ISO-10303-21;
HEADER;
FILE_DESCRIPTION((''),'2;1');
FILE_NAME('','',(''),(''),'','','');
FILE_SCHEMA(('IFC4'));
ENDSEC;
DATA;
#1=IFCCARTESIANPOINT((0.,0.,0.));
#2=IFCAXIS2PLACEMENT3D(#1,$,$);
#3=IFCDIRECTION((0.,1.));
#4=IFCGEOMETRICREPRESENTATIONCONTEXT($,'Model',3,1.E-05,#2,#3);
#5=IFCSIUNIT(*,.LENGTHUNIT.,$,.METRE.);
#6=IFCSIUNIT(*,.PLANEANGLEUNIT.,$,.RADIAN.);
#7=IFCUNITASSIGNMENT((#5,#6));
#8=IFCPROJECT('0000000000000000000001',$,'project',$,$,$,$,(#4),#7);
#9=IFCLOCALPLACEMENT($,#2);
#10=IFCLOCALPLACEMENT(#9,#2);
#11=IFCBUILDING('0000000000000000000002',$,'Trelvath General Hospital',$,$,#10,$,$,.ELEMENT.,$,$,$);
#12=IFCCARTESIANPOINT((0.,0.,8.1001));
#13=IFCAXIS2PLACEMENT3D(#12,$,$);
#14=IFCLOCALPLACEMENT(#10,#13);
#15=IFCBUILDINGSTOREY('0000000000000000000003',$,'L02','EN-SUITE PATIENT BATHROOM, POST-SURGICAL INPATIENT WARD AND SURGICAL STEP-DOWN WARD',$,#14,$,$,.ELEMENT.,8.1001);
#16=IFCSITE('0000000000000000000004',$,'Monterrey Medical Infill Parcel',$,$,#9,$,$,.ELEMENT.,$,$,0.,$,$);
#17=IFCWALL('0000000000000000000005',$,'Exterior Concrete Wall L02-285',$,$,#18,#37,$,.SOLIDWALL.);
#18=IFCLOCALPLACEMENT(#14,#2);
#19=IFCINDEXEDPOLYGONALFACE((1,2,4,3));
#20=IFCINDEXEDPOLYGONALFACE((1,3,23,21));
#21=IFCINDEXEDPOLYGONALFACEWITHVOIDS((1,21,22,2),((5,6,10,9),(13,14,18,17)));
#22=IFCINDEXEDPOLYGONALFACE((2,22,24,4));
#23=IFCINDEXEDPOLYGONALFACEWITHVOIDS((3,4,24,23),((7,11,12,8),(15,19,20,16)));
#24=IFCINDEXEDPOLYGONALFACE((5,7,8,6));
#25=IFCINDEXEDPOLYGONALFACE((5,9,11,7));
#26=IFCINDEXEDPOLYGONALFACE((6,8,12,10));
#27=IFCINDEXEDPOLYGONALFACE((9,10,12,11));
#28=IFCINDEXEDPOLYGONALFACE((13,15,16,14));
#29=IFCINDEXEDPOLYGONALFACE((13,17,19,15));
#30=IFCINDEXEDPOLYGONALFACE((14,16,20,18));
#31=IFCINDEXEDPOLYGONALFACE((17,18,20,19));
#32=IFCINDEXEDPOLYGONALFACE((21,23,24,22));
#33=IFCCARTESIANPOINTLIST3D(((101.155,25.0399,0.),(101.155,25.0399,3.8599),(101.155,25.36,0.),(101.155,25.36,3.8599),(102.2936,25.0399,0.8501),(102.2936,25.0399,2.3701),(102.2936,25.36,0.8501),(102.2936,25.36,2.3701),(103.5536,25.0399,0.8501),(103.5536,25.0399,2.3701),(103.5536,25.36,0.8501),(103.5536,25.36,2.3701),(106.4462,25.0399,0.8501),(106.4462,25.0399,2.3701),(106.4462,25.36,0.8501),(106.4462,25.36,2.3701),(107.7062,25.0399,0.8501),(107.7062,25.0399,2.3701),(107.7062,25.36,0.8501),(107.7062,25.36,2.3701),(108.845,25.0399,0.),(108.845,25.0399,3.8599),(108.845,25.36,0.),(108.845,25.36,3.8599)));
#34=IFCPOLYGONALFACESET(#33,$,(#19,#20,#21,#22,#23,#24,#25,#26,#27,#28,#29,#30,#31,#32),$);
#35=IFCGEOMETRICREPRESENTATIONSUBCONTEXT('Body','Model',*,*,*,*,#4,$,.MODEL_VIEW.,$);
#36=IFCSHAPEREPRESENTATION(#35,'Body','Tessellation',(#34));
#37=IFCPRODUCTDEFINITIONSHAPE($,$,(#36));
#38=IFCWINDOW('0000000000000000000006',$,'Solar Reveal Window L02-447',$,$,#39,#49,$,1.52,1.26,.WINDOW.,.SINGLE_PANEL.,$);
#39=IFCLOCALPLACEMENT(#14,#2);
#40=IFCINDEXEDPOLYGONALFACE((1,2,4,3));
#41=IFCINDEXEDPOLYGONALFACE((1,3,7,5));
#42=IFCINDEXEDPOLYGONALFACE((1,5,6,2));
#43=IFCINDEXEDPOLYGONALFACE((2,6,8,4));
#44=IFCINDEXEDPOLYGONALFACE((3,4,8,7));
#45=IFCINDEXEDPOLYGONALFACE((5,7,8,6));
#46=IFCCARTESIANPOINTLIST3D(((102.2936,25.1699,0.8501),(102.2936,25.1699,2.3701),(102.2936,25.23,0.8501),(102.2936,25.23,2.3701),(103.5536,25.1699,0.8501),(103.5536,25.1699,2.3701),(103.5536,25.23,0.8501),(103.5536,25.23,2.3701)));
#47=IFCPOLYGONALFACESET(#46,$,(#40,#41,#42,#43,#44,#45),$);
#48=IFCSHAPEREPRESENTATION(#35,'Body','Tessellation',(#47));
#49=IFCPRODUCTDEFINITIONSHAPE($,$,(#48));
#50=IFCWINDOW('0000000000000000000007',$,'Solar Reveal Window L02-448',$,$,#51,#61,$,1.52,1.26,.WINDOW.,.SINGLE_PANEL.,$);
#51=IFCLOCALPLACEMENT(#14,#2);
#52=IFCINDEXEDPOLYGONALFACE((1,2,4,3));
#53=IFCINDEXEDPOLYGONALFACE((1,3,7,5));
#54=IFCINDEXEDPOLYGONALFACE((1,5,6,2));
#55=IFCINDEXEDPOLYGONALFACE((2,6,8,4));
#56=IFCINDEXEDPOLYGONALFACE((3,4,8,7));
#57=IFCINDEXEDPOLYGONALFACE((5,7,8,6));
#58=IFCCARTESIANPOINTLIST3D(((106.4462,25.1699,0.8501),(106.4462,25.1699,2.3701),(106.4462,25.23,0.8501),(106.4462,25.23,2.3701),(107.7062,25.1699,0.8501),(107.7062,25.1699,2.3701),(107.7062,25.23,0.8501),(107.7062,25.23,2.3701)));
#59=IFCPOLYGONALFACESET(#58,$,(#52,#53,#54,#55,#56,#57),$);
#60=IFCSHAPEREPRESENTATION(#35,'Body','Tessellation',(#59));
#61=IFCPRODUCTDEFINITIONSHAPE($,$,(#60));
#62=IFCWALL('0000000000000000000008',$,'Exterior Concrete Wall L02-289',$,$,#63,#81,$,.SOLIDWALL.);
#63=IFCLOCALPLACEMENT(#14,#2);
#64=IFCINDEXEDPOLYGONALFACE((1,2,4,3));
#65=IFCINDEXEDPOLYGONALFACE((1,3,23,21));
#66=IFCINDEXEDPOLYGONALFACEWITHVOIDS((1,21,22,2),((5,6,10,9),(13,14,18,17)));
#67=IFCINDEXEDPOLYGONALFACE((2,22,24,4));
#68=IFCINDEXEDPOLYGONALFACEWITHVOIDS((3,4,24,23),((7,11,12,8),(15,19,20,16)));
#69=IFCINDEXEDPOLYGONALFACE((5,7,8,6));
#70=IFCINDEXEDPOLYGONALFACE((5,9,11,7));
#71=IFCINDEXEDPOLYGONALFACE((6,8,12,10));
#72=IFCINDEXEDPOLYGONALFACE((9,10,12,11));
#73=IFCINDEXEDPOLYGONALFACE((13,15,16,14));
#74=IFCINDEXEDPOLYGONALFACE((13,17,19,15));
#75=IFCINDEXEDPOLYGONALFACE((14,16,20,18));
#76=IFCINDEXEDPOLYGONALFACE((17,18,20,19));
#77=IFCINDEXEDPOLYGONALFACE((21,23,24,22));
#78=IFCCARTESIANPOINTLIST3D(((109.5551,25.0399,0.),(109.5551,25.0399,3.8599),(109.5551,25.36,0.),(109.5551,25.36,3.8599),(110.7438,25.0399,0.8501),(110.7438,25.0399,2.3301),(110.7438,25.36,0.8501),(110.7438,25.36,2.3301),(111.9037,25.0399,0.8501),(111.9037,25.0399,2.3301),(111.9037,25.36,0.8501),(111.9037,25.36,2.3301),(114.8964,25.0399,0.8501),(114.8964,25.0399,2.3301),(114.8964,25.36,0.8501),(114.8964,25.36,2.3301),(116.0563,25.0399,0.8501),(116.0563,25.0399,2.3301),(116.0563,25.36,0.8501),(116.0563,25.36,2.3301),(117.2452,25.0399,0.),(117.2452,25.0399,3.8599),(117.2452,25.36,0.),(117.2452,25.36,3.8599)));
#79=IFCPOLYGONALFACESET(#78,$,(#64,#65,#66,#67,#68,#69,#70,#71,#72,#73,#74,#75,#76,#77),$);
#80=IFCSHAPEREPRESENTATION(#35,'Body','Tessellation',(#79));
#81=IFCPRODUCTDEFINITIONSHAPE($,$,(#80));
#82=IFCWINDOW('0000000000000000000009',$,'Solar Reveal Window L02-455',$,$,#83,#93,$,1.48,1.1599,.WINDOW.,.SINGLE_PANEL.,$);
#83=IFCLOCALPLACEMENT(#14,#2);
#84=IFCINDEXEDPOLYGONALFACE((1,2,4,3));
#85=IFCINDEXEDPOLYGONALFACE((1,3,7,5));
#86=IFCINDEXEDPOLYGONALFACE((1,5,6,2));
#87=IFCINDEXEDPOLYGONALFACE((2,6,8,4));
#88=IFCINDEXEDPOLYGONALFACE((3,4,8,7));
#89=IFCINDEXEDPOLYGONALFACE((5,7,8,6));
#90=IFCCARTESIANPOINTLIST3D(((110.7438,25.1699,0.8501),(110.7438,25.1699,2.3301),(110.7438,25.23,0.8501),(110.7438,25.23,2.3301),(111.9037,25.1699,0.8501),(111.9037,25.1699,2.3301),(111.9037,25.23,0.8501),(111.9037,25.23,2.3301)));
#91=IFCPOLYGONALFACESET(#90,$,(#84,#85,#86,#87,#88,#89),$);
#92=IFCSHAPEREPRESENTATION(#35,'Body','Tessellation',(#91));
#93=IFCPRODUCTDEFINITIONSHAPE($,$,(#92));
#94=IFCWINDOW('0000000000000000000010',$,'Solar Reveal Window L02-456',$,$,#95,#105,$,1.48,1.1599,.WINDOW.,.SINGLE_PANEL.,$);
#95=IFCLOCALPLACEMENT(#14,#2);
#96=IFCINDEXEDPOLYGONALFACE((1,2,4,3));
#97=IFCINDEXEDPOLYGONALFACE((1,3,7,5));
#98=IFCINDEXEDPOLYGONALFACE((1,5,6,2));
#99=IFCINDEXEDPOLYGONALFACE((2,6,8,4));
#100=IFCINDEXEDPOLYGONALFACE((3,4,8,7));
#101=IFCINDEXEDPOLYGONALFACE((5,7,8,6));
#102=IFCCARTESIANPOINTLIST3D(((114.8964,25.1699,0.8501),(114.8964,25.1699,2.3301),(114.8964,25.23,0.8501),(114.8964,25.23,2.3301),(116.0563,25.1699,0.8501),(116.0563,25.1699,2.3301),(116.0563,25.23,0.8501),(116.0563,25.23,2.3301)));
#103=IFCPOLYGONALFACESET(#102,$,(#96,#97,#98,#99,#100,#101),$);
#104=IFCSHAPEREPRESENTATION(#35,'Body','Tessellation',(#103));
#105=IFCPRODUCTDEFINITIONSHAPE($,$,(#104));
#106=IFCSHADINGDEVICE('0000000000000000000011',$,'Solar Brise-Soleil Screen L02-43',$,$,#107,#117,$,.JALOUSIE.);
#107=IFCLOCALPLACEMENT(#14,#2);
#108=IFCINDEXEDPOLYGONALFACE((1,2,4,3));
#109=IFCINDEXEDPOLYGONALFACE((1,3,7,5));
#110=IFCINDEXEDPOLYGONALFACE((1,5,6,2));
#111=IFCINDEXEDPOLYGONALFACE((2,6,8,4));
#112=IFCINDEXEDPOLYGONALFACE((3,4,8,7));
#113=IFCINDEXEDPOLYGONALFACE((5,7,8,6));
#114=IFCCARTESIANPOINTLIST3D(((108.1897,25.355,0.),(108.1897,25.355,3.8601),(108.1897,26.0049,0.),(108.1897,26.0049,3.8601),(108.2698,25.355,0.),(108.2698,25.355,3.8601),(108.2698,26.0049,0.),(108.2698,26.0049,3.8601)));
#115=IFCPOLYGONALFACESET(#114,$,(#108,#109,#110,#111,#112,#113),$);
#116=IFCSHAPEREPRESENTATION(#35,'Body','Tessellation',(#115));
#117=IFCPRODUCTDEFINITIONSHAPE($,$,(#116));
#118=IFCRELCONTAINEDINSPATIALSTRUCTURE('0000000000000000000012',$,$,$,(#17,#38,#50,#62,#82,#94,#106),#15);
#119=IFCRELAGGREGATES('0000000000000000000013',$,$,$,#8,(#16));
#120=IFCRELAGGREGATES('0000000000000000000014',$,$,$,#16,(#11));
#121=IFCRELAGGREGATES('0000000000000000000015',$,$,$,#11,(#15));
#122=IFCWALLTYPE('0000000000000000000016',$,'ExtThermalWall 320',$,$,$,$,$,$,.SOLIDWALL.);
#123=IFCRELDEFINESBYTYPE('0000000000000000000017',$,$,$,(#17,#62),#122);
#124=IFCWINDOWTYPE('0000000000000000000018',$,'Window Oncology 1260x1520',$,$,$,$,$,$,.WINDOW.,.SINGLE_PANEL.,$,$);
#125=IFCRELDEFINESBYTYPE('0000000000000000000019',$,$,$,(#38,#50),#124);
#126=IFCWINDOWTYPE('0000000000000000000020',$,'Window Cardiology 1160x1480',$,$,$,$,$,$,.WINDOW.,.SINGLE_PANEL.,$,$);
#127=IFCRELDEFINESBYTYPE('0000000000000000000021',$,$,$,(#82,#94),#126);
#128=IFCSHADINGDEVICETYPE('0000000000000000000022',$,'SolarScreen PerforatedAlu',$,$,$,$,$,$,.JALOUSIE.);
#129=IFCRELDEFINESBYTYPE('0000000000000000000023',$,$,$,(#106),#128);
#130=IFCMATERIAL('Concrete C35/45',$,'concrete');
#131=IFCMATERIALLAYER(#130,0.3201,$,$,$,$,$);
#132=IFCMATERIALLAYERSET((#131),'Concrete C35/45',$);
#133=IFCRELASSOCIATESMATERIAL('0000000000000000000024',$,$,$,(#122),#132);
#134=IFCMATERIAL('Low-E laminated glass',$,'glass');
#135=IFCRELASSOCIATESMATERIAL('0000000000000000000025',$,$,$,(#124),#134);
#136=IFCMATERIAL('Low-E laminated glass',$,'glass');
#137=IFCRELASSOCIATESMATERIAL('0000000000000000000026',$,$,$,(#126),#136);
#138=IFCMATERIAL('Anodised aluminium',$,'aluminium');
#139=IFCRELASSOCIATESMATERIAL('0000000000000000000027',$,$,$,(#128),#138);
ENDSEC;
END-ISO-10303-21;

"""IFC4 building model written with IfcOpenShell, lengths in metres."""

from ifc_helpers import new_model, si_unit, direction, frame, frame_2d, origin, origin_2d, place, context, subcontext, project, spatial, rectangle, extrude, material, layer, layer_set, type_object, element, fill, save


model = new_model("IFC4")

# Units and contexts
model_context = context("Model", 3, precision=1e-05, world=origin(), true_north=direction((0.0, 1.0)))
body_context = subcontext(model_context, "Body", "Model", "MODEL_VIEW")
ifc_project = project(units=[si_unit("LENGTHUNIT", "METRE"), si_unit("PLANEANGLEUNIT", "RADIAN")], contexts=[model_context])

# Site, building, storey
site_placement = place(None, origin())
site = spatial("IfcSite", under=ifc_project, at=site_placement, Name="Monterrey Medical Infill Parcel", CompositionType="ELEMENT", RefElevation=0.0)
building_placement = place(site_placement, origin())
building = spatial("IfcBuilding", under=site, at=building_placement, Name="Trelvath General Hospital", CompositionType="ELEMENT")
storey_placement = place(building_placement, frame((0.0, 0.0, 8.1001)))
storey = spatial("IfcBuildingStorey", under=building, at=storey_placement, Name="L02", Description="EN-SUITE PATIENT BATHROOM, POST-SURGICAL INPATIENT WARD AND SURGICAL STEP-DOWN WARD", CompositionType="ELEMENT", Elevation=8.1001)

# Walls, openings, windows
ifc_material_1 = material(Name="Concrete C35/45", Category="concrete")
ifc_layer_1 = layer(ifc_material_1, 0.3201)
ifc_layer_set_1 = layer_set([ifc_layer_1], Name="Concrete C35/45")
wall_type_1 = type_object("IfcWallType", Name="ExtThermalWall 320", PredefinedType="SOLIDWALL", material=ifc_layer_set_1)
wall_1_placement = place(storey_placement, frame((101.155, 25.2, 0.0), z_axis=(0.0, 0.0, 1.0), x_axis=(1.0, 0.0, 0.0)))
wall_1 = element("IfcWall", 1, at=wall_1_placement, inside=storey, type_object=wall_type_1, Name="Exterior Concrete Wall L02-285", PredefinedType="SOLIDWALL", context=body_context, shape_type="SweptSolid", body=[
    extrude(rectangle(XDim=7.6899, YDim=0.3201, at=frame_2d((3.845, 0.0))), origin(), (0.0, 0.0, 1.0), 3.8599),
])
opening_1_placement = place(wall_1_placement, frame((1.1387, 0.0, 0.8501)))
opening_1 = element("IfcOpeningElement", 2, at=opening_1_placement, cuts=wall_1, PredefinedType="OPENING", context=body_context, shape_type="SweptSolid", body=[
    extrude(rectangle(XDim=1.26, YDim=1.52, at=frame_2d((0.6299, 0.76))), frame((0.0, 0.1699, 0.0), z_axis=(0.0, -1.0, 0.0), x_axis=(1.0, 0.0, 0.0)), (0.0, 0.0, 1.0), 0.3401),
])
opening_2_placement = place(wall_1_placement, frame((5.2913, 0.0, 0.8501)))
opening_2 = element("IfcOpeningElement", 3, at=opening_2_placement, cuts=wall_1, PredefinedType="OPENING", context=body_context, shape_type="SweptSolid", body=[
    extrude(rectangle(XDim=1.26, YDim=1.52, at=frame_2d((0.6299, 0.76))), frame((0.0, 0.1699, 0.0), z_axis=(0.0, -1.0, 0.0), x_axis=(1.0, 0.0, 0.0)), (0.0, 0.0, 1.0), 0.3401),
])
ifc_material_2 = material(Name="Low-E laminated glass", Category="glass")
window_type_1 = type_object("IfcWindowType", Name="Window Oncology 1260x1520", PartitioningType="SINGLE_PANEL", PredefinedType="WINDOW", material=ifc_material_2)
window_1_placement = place(opening_1_placement, origin())
window_1 = element("IfcWindow", 4, at=window_1_placement, inside=storey, type_object=window_type_1, Name="Solar Reveal Window L02-447", OverallHeight=1.52, OverallWidth=1.26, PartitioningType="SINGLE_PANEL", PredefinedType="WINDOW", context=body_context, shape_type="SweptSolid", body=[
    extrude(rectangle(XDim=1.26, YDim=1.52, at=frame_2d((0.6299, 0.76))), frame((0.0, 0.03, 0.0), z_axis=(0.0, -1.0, 0.0), x_axis=(1.0, 0.0, 0.0)), (0.0, 0.0, 1.0), 0.0601),
])
fill(opening_1, window_1)
window_2_placement = place(opening_2_placement, origin())
window_2 = element("IfcWindow", 5, at=window_2_placement, inside=storey, type_object=window_type_1, Name="Solar Reveal Window L02-448", OverallHeight=1.52, OverallWidth=1.26, PartitioningType="SINGLE_PANEL", PredefinedType="WINDOW", context=body_context, shape_type="SweptSolid", body=[
    extrude(rectangle(XDim=1.26, YDim=1.52, at=frame_2d((0.6299, 0.76))), frame((0.0, 0.03, 0.0), z_axis=(0.0, -1.0, 0.0), x_axis=(1.0, 0.0, 0.0)), (0.0, 0.0, 1.0), 0.0601),
])
fill(opening_2, window_2)
wall_2_placement = place(storey_placement, frame((109.5549, 25.2, 0.0), z_axis=(0.0, 0.0, 1.0), x_axis=(1.0, 0.0, 0.0)))
wall_2 = element("IfcWall", 6, at=wall_2_placement, inside=storey, type_object=wall_type_1, Name="Exterior Concrete Wall L02-289", PredefinedType="SOLIDWALL", context=body_context, shape_type="SweptSolid", body=[
    extrude(rectangle(XDim=7.6902, YDim=0.3201, at=frame_2d((3.8452, 0.0))), origin(), (0.0, 0.0, 1.0), 3.8599),
])
opening_3_placement = place(wall_2_placement, frame((1.1887, 0.0, 0.8501)))
opening_3 = element("IfcOpeningElement", 7, at=opening_3_placement, cuts=wall_2, PredefinedType="OPENING", context=body_context, shape_type="SweptSolid", body=[
    extrude(rectangle(XDim=1.1599, YDim=1.48, at=frame_2d((0.5801, 0.74))), frame((0.0, 0.1699, 0.0), z_axis=(0.0, -1.0, 0.0), x_axis=(1.0, 0.0, 0.0)), (0.0, 0.0, 1.0), 0.3401),
])
opening_4_placement = place(wall_2_placement, frame((5.3413, 0.0, 0.8501)))
opening_4 = element("IfcOpeningElement", 8, at=opening_4_placement, cuts=wall_2, PredefinedType="OPENING", context=body_context, shape_type="SweptSolid", body=[
    extrude(rectangle(XDim=1.1599, YDim=1.48, at=frame_2d((0.5801, 0.74))), frame((0.0, 0.1699, 0.0), z_axis=(0.0, -1.0, 0.0), x_axis=(1.0, 0.0, 0.0)), (0.0, 0.0, 1.0), 0.3401),
])
ifc_material_3 = material(Name="Low-E laminated glass", Category="glass")
window_type_2 = type_object("IfcWindowType", Name="Window Cardiology 1160x1480", PartitioningType="SINGLE_PANEL", PredefinedType="WINDOW", material=ifc_material_3)
window_3_placement = place(opening_3_placement, origin())
window_3 = element("IfcWindow", 9, at=window_3_placement, inside=storey, type_object=window_type_2, Name="Solar Reveal Window L02-455", OverallHeight=1.48, OverallWidth=1.1599, PartitioningType="SINGLE_PANEL", PredefinedType="WINDOW", context=body_context, shape_type="SweptSolid", body=[
    extrude(rectangle(XDim=1.1599, YDim=1.48, at=frame_2d((0.5801, 0.74))), frame((0.0, 0.03, 0.0), z_axis=(0.0, -1.0, 0.0), x_axis=(1.0, 0.0, 0.0)), (0.0, 0.0, 1.0), 0.0601),
])
fill(opening_3, window_3)
window_4_placement = place(opening_4_placement, origin())
window_4 = element("IfcWindow", 10, at=window_4_placement, inside=storey, type_object=window_type_2, Name="Solar Reveal Window L02-456", OverallHeight=1.48, OverallWidth=1.1599, PartitioningType="SINGLE_PANEL", PredefinedType="WINDOW", context=body_context, shape_type="SweptSolid", body=[
    extrude(rectangle(XDim=1.1599, YDim=1.48, at=frame_2d((0.5801, 0.74))), frame((0.0, 0.03, 0.0), z_axis=(0.0, -1.0, 0.0), x_axis=(1.0, 0.0, 0.0)), (0.0, 0.0, 1.0), 0.0601),
])
fill(opening_4, window_4)

# Shading device
ifc_material_4 = material(Name="Anodised aluminium", Category="aluminium")
shading_device_type = type_object("IfcShadingDeviceType", Name="SolarScreen PerforatedAlu", PredefinedType="JALOUSIE", material=ifc_material_4)
shading_device_placement = place(storey_placement, frame((108.2297, 25.6799, 0.0), z_axis=(0.0, 0.0, 1.0), x_axis=(0.0, 1.0, 0.0)))
element("IfcShadingDevice", 11, at=shading_device_placement, inside=storey, type_object=shading_device_type, Name="Solar Brise-Soleil Screen L02-43", PredefinedType="JALOUSIE", context=body_context, shape_type="SweptSolid", body=[
    extrude(rectangle(XDim=0.6499, YDim=0.0801, at=origin_2d()), origin(), (0.0, 0.0, 1.0), 3.8601),
])

save(model, "model.ifc")
